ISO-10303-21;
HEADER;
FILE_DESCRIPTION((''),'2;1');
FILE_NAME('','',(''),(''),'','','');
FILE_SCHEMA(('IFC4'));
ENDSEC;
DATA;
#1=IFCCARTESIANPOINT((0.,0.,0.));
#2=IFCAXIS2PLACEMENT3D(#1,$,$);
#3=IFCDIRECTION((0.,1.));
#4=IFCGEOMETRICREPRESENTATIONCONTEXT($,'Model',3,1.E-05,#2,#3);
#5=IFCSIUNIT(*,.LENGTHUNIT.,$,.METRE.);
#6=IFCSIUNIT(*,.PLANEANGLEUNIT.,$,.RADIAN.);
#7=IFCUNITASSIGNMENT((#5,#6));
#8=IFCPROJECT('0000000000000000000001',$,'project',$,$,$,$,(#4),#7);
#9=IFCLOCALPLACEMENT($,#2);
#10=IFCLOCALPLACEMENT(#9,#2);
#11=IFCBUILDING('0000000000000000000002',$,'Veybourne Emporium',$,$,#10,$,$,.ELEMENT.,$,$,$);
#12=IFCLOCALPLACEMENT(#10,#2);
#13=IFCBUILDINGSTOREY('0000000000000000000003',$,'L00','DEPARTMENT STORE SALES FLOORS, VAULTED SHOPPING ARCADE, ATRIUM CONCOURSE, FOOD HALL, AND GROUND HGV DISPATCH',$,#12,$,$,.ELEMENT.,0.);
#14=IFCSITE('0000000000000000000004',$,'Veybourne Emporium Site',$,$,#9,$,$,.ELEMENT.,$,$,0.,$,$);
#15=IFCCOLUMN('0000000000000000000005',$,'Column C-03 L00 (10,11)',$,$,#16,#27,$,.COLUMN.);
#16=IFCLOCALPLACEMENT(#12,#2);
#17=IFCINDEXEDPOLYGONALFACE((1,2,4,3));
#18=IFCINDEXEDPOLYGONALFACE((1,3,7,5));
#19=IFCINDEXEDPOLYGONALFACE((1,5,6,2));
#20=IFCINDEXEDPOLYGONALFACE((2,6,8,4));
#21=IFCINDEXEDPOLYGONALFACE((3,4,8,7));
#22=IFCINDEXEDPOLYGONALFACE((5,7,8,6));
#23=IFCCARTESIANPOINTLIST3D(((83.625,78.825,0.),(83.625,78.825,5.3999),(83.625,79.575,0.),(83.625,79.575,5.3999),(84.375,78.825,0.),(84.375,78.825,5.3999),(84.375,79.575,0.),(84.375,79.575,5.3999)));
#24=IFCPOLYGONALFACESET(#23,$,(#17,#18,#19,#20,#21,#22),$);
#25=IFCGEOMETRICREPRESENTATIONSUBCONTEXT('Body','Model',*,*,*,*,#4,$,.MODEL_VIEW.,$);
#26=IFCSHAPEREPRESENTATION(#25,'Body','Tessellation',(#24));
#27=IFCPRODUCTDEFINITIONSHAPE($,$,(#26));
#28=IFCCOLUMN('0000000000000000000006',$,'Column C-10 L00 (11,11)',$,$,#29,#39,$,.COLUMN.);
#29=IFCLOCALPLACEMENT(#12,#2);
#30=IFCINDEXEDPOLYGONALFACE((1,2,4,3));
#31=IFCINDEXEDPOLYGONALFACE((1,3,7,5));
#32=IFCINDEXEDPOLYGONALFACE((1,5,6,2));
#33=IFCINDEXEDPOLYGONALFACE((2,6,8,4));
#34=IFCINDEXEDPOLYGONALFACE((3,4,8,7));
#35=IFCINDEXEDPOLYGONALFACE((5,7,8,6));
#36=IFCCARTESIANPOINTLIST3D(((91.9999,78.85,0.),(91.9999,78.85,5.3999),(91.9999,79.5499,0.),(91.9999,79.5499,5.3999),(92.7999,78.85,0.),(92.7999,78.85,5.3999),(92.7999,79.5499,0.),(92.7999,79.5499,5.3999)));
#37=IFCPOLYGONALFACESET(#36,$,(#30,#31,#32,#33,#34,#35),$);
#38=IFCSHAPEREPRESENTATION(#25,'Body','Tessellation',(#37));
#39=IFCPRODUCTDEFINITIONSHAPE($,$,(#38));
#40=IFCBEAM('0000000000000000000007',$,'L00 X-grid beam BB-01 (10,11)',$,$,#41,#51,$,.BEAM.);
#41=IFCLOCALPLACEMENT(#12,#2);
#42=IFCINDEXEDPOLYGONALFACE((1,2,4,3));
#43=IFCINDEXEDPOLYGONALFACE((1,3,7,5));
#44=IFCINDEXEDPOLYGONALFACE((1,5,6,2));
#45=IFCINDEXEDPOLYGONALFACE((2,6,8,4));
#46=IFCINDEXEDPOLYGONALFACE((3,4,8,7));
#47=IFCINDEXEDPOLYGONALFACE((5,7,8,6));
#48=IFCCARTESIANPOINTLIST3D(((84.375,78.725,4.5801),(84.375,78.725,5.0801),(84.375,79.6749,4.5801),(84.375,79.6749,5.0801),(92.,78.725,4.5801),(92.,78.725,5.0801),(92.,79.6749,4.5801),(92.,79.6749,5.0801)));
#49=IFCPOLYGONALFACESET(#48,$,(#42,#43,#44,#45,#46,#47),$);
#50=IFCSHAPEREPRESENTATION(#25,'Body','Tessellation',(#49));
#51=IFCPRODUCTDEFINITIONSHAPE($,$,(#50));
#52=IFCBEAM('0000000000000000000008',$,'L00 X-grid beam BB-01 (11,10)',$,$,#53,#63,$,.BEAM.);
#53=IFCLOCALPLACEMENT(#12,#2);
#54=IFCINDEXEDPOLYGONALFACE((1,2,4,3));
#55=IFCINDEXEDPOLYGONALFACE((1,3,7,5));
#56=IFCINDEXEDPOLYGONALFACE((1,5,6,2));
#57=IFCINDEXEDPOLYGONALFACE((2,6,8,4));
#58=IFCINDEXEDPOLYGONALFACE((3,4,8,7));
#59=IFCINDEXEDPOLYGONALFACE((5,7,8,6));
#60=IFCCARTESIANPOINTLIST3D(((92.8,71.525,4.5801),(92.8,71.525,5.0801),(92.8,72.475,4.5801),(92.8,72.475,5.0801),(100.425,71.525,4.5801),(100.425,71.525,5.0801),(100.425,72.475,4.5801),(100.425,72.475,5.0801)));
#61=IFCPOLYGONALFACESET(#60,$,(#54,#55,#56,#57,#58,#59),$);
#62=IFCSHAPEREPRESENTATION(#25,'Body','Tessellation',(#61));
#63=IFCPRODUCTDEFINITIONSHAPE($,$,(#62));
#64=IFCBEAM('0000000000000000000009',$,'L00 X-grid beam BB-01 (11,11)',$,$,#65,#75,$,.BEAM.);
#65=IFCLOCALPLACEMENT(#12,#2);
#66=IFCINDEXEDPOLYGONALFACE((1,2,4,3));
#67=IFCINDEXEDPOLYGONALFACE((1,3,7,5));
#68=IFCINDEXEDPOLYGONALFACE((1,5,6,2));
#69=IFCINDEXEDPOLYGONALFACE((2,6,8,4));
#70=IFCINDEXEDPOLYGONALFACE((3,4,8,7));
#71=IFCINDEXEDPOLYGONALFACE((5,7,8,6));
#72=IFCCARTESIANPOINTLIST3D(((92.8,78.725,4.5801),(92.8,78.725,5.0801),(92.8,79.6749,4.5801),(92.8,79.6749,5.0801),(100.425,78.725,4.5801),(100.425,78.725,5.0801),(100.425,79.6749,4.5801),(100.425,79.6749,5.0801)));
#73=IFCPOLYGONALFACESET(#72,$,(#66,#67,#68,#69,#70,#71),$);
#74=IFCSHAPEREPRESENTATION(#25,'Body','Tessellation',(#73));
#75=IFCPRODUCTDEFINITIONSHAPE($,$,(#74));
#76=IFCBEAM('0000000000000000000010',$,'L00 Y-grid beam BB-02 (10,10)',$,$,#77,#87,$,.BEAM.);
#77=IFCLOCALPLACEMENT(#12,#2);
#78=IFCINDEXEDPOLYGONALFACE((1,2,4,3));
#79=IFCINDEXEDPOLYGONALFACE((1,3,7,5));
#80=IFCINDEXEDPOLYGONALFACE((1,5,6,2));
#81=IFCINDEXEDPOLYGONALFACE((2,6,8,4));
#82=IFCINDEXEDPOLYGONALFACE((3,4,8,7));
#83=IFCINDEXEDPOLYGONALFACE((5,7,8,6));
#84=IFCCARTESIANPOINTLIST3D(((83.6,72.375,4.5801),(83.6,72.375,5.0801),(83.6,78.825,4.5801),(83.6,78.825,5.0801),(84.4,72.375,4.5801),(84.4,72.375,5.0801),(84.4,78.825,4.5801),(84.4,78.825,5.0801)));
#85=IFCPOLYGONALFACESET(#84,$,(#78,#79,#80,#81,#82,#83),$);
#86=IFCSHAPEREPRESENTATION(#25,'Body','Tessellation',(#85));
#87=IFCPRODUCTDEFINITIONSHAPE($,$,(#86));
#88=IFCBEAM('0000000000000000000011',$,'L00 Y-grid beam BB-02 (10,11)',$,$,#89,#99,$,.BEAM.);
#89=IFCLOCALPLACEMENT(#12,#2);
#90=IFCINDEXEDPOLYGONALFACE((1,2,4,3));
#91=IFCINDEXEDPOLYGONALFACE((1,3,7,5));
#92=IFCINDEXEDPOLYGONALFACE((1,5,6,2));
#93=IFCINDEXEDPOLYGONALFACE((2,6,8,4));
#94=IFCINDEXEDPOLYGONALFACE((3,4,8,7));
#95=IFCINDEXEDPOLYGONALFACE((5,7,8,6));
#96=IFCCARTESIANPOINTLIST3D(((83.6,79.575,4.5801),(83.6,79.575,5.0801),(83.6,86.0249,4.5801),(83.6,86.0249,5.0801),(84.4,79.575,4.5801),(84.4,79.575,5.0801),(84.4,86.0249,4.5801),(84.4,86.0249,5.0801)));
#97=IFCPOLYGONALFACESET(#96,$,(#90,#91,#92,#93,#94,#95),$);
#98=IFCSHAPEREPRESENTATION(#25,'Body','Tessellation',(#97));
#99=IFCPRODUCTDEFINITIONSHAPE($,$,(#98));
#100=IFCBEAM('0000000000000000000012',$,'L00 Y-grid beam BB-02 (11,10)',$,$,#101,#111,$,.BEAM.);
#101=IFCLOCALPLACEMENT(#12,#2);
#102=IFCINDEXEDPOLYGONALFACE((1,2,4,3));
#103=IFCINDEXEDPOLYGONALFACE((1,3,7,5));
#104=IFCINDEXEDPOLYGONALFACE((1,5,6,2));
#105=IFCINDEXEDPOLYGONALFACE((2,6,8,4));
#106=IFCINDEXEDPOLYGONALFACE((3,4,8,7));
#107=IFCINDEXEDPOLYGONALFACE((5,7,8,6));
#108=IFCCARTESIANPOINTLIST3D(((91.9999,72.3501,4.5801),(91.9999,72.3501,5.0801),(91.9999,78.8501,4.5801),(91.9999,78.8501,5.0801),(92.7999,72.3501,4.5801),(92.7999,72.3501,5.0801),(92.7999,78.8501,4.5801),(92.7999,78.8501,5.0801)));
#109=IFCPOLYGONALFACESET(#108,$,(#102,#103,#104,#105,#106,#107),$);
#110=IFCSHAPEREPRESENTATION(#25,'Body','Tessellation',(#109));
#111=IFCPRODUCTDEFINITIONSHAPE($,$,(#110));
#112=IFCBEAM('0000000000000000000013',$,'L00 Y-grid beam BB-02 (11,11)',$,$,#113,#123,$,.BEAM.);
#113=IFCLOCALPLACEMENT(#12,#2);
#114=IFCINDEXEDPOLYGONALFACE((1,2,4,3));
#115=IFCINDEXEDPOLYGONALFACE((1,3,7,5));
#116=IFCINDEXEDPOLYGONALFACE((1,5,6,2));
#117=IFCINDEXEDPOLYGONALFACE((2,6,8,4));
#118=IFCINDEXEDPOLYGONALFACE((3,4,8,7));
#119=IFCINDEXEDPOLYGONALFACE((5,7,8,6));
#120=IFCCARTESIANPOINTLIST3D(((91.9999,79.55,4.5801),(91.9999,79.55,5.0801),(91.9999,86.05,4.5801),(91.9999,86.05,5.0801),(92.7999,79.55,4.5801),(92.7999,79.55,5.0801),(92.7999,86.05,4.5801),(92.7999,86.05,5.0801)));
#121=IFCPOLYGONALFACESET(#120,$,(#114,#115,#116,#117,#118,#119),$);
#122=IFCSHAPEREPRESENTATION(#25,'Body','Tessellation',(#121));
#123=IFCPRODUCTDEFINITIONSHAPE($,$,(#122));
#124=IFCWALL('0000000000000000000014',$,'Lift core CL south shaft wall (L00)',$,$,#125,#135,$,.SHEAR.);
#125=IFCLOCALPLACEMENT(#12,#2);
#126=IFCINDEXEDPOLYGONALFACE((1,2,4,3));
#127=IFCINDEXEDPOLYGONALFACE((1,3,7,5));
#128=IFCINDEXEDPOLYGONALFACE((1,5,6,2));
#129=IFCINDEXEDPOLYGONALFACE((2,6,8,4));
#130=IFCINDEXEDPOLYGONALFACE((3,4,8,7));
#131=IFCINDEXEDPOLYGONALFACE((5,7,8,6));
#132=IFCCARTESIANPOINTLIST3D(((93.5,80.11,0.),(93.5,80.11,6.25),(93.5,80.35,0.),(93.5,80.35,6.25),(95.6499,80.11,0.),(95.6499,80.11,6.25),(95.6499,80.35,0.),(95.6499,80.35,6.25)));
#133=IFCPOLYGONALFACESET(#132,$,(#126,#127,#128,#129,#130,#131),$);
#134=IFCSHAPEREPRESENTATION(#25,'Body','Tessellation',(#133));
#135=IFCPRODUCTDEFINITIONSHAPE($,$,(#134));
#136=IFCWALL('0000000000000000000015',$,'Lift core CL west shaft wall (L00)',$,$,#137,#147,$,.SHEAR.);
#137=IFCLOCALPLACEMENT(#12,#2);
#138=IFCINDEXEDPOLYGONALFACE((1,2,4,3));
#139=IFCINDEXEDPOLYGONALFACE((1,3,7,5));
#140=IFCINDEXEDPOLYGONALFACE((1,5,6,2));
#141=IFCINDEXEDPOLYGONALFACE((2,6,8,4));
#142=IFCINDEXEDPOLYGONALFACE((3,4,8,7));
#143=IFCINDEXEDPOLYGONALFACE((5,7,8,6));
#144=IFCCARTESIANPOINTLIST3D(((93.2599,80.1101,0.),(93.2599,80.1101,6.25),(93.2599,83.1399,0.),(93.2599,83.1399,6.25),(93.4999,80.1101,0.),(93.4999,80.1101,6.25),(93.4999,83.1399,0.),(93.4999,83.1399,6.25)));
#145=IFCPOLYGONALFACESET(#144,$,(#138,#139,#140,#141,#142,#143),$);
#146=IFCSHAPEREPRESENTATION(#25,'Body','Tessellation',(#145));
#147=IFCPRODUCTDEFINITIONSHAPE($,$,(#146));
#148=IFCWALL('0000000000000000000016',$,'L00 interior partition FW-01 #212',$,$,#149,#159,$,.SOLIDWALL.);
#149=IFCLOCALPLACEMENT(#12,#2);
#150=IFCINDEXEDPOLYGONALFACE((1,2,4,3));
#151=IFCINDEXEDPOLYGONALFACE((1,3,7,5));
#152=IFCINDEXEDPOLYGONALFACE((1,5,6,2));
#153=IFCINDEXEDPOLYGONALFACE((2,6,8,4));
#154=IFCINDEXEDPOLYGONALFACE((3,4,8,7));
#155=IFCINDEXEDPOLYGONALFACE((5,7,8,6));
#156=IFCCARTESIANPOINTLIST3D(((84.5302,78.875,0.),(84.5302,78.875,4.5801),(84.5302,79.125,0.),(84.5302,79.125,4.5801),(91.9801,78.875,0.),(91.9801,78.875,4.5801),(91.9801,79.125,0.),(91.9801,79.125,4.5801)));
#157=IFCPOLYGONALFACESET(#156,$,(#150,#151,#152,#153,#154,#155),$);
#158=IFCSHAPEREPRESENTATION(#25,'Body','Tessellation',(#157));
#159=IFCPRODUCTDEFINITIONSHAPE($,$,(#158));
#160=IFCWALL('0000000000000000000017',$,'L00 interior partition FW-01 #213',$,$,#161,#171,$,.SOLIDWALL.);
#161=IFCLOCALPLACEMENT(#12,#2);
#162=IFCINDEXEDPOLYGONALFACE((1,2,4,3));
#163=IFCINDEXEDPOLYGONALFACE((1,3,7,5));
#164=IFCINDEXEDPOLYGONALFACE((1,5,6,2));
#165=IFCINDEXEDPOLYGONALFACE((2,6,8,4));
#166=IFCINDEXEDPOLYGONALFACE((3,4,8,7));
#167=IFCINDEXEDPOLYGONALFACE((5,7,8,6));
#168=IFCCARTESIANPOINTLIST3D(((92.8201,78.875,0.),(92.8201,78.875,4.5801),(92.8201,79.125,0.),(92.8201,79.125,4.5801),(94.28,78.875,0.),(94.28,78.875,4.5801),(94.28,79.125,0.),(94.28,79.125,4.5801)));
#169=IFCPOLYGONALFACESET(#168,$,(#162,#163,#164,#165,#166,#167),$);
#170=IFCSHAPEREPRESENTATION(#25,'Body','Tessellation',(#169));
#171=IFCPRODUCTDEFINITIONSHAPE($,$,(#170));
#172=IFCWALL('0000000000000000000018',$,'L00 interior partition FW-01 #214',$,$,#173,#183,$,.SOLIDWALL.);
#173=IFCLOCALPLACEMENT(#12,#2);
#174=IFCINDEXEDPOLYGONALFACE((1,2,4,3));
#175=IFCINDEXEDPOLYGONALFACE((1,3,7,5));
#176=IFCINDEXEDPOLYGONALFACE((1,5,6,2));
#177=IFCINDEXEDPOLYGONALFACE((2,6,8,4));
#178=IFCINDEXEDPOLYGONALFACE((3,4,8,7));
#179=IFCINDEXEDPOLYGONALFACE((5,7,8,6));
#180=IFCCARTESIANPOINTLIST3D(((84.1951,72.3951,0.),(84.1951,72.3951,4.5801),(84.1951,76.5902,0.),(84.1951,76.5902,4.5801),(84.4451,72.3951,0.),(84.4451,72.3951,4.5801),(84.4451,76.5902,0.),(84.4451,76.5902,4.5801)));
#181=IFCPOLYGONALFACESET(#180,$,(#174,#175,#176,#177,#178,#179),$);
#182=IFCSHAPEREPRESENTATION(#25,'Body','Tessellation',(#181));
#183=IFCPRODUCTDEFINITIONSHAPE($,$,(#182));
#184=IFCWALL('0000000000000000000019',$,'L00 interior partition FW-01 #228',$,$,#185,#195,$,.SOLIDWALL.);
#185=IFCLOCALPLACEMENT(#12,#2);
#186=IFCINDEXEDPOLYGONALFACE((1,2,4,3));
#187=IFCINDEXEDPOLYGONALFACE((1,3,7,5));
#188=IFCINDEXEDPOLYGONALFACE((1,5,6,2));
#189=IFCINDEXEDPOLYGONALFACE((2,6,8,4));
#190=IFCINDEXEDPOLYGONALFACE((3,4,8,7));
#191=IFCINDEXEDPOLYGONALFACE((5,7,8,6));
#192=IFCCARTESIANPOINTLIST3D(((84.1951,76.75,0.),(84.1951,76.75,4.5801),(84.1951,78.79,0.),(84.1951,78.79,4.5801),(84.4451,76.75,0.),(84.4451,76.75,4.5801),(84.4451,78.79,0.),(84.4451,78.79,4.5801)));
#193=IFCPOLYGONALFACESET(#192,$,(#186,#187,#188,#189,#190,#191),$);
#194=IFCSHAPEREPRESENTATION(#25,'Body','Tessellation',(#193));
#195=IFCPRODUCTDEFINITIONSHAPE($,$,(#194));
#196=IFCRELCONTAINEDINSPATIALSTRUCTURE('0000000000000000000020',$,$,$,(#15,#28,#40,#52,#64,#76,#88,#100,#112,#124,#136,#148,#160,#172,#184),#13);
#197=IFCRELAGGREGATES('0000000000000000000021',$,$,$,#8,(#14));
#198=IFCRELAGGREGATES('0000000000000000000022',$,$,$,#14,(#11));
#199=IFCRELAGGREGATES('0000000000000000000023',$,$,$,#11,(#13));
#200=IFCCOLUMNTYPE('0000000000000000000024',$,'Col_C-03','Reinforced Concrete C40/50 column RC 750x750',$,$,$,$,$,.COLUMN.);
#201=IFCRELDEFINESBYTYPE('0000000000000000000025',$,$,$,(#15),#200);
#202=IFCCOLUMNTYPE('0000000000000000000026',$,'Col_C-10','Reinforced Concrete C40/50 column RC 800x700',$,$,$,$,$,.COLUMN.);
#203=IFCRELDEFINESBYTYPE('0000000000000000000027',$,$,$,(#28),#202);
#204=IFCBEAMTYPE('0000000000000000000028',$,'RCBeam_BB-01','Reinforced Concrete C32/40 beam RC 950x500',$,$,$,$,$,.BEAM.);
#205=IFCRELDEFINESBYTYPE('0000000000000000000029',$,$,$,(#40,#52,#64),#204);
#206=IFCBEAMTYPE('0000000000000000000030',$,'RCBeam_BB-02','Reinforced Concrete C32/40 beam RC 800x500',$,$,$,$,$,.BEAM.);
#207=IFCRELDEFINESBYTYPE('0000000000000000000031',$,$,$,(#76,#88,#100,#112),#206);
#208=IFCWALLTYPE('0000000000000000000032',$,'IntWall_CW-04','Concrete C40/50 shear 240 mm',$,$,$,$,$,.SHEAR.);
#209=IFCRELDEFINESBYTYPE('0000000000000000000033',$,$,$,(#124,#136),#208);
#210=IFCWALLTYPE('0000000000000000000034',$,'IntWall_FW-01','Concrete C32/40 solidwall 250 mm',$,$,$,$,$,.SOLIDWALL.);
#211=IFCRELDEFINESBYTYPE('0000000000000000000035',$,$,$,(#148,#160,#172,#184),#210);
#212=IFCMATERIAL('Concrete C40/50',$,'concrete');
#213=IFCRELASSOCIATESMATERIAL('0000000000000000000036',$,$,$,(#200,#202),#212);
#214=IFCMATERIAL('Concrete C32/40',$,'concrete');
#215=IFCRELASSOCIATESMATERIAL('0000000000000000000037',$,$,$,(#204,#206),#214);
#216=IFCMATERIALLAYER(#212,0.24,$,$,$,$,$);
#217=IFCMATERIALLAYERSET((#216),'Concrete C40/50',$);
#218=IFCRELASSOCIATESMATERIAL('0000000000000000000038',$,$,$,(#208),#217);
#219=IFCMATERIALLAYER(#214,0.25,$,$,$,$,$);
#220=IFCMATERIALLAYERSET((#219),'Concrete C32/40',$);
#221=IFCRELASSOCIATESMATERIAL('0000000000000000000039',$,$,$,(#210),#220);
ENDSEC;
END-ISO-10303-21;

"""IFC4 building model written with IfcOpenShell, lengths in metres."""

from ifc_helpers import new_model, si_unit, direction, frame, frame_2d, origin, origin_2d, place, context, subcontext, project, spatial, rectangle, extrude, material, layer, layer_set, material_profile, profile_set, type_object, element, save


model = new_model("IFC4")

# Units and contexts
model_context = context("Model", 3, precision=1e-05, world=origin(), true_north=direction((0.0, 1.0)))
body_context = subcontext(model_context, "Body", "Model", "MODEL_VIEW")
ifc_project = project(units=[si_unit("LENGTHUNIT", "METRE"), si_unit("PLANEANGLEUNIT", "RADIAN")], contexts=[model_context])

# Site, building, storey
site_placement = place(None, origin())
site = spatial("IfcSite", under=ifc_project, at=site_placement, Name="Veybourne Emporium Site", CompositionType="ELEMENT", RefElevation=0.0)
building_placement = place(site_placement, origin())
building = spatial("IfcBuilding", under=site, at=building_placement, Name="Veybourne Emporium", CompositionType="ELEMENT")
storey_placement = place(building_placement, origin())
storey = spatial("IfcBuildingStorey", under=building, at=storey_placement, Name="L00", Description="DEPARTMENT STORE SALES FLOORS, VAULTED SHOPPING ARCADE, ATRIUM CONCOURSE, FOOD HALL, AND GROUND HGV DISPATCH", CompositionType="ELEMENT", Elevation=0.0)

# Columns
ifc_material_1 = material(Name="Concrete C40/50", Category="concrete")
ifc_material_profile_1 = material_profile(ifc_material_1, rectangle(XDim=0.75, YDim=0.75, at=origin_2d()), Name="RC 750x750")
ifc_profile_set_1 = profile_set([ifc_material_profile_1], Name="Concrete C40/50")
column_type_1 = type_object("IfcColumnType", Name="Col_C-03", Description="Reinforced Concrete C40/50 column RC 750x750", PredefinedType="COLUMN", material=ifc_profile_set_1)
column_1_placement = place(storey_placement, frame((84.0, 79.2, 0.0), z_axis=(0.0, 0.0, 1.0), x_axis=(1.0, 0.0, 0.0)))
element("IfcColumn", 1, at=column_1_placement, inside=storey, type_object=column_type_1, Name="Column C-03 L00 (10,11)", PredefinedType="COLUMN", context=body_context, shape_type="SweptSolid", body=[
    extrude(rectangle(XDim=0.75, YDim=0.75, at=origin_2d()), origin(), (0.0, 0.0, 1.0), 5.3999),
])
ifc_material_profile_2 = material_profile(ifc_material_1, rectangle(XDim=0.8, YDim=0.7, at=origin_2d()), Name="RC 800x700")
ifc_profile_set_2 = profile_set([ifc_material_profile_2], Name="Concrete C40/50")
column_type_2 = type_object("IfcColumnType", Name="Col_C-10", Description="Reinforced Concrete C40/50 column RC 800x700", PredefinedType="COLUMN", material=ifc_profile_set_2)
column_2_placement = place(storey_placement, frame((92.3999, 79.2, 0.0), z_axis=(0.0, 0.0, 1.0), x_axis=(1.0, 0.0, 0.0)))
element("IfcColumn", 2, at=column_2_placement, inside=storey, type_object=column_type_2, Name="Column C-10 L00 (11,11)", PredefinedType="COLUMN", context=body_context, shape_type="SweptSolid", body=[
    extrude(rectangle(XDim=0.8, YDim=0.7, at=origin_2d()), origin(), (0.0, 0.0, 1.0), 5.3999),
])

# Beams
ifc_material_2 = material(Name="Concrete C32/40", Category="concrete")
ifc_material_profile_3 = material_profile(ifc_material_2, rectangle(XDim=0.95, YDim=0.5, at=origin_2d()), Name="RC 950x500")
ifc_profile_set_3 = profile_set([ifc_material_profile_3], Name="Concrete C32/40")
beam_type_1 = type_object("IfcBeamType", Name="RCBeam_BB-01", Description="Reinforced Concrete C32/40 beam RC 950x500", PredefinedType="BEAM", material=ifc_profile_set_3)
for number, where, z_axis, x_axis, name in (
    (3, (84.375, 79.2, 4.8301), (1.0, 0.0, 0.0), (0.0, 1.0, 0.0), "L00 X-grid beam BB-01 (10,11)"),
    (4, (92.8, 72.0, 4.8301), (1.0, 0.0, 0.0), (0.0, 1.0, 0.0), "L00 X-grid beam BB-01 (11,10)"),
    (5, (92.8, 79.2, 4.8301), (1.0, 0.0, 0.0), (0.0, 1.0, 0.0), "L00 X-grid beam BB-01 (11,11)"),
):
    element("IfcBeam", number, at=place(storey_placement, frame(where, z_axis=z_axis, x_axis=x_axis)), inside=storey, type_object=beam_type_1, Name=name, PredefinedType="BEAM", context=body_context, shape_type="SweptSolid", body=[
        extrude(rectangle(XDim=0.95, YDim=0.5, at=origin_2d()), origin(), (0.0, 0.0, 1.0), 7.625),
    ])
ifc_material_profile_4 = material_profile(ifc_material_2, rectangle(XDim=0.8, YDim=0.5, at=origin_2d()), Name="RC 800x500")
ifc_profile_set_4 = profile_set([ifc_material_profile_4], Name="Concrete C32/40")
beam_type_2 = type_object("IfcBeamType", Name="RCBeam_BB-02", Description="Reinforced Concrete C32/40 beam RC 800x500", PredefinedType="BEAM", material=ifc_profile_set_4)
for number, where, z_axis, x_axis, name in (
    (6, (84.0, 72.375, 4.8301), (0.0, 1.0, 0.0), (-1.0, 0.0, 0.0), "L00 Y-grid beam BB-02 (10,10)"),
    (7, (84.0, 79.575, 4.8301), (0.0, 1.0, 0.0), (-1.0, 0.0, 0.0), "L00 Y-grid beam BB-02 (10,11)"),
):
    element("IfcBeam", number, at=place(storey_placement, frame(where, z_axis=z_axis, x_axis=x_axis)), inside=storey, type_object=beam_type_2, Name=name, PredefinedType="BEAM", context=body_context, shape_type="SweptSolid", body=[
        extrude(rectangle(XDim=0.8, YDim=0.5, at=origin_2d()), origin(), (0.0, 0.0, 1.0), 6.45),
    ])
for number, where, z_axis, x_axis, name in (
    (8, (92.3999, 72.3501, 4.8301), (0.0, 1.0, 0.0), (-1.0, 0.0, 0.0), "L00 Y-grid beam BB-02 (11,10)"),
    (9, (92.3999, 79.55, 4.8301), (0.0, 1.0, 0.0), (-1.0, 0.0, 0.0), "L00 Y-grid beam BB-02 (11,11)"),
):
    element("IfcBeam", number, at=place(storey_placement, frame(where, z_axis=z_axis, x_axis=x_axis)), inside=storey, type_object=beam_type_2, Name=name, PredefinedType="BEAM", context=body_context, shape_type="SweptSolid", body=[
        extrude(rectangle(XDim=0.8, YDim=0.5, at=origin_2d()), origin(), (0.0, 0.0, 1.0), 6.5),
    ])

# Walls
ifc_layer_1 = layer(ifc_material_1, 0.24)
ifc_layer_set_1 = layer_set([ifc_layer_1], Name="Concrete C40/50")
wall_type_1 = type_object("IfcWallType", Name="IntWall_CW-04", Description="Concrete C40/50 shear 240 mm", PredefinedType="SHEAR", material=ifc_layer_set_1)
wall_1_placement = place(storey_placement, frame((93.5, 80.23, 0.0), z_axis=(0.0, 0.0, 1.0), x_axis=(1.0, 0.0, 0.0)))
element("IfcWall", 10, at=wall_1_placement, inside=storey, type_object=wall_type_1, Name="Lift core CL south shaft wall (L00)", PredefinedType="SHEAR", context=body_context, shape_type="SweptSolid", body=[
    extrude(rectangle(XDim=2.1499, YDim=0.24, at=frame_2d((1.075, 0.0))), origin(), (0.0, 0.0, 1.0), 6.25),
])
wall_2_placement = place(storey_placement, frame((93.3799, 83.1399, 0.0), z_axis=(0.0, 0.0, 1.0), x_axis=(0.0, -1.0, 0.0)))
element("IfcWall", 11, at=wall_2_placement, inside=storey, type_object=wall_type_1, Name="Lift core CL west shaft wall (L00)", PredefinedType="SHEAR", context=body_context, shape_type="SweptSolid", body=[
    extrude(rectangle(XDim=3.0298, YDim=0.24, at=frame_2d((1.5149, 0.0))), origin(), (0.0, 0.0, 1.0), 6.25),
])
ifc_layer_2 = layer(ifc_material_2, 0.25)
ifc_layer_set_2 = layer_set([ifc_layer_2], Name="Concrete C32/40")
wall_type_2 = type_object("IfcWallType", Name="IntWall_FW-01", Description="Concrete C32/40 solidwall 250 mm", PredefinedType="SOLIDWALL", material=ifc_layer_set_2)
wall_3_placement = place(storey_placement, frame((84.53, 79.0, 0.0), z_axis=(0.0, 0.0, 1.0), x_axis=(1.0, 0.0, 0.0)))
element("IfcWall", 12, at=wall_3_placement, inside=storey, type_object=wall_type_2, Name="L00 interior partition FW-01 #212", PredefinedType="SOLIDWALL", context=body_context, shape_type="SweptSolid", body=[
    extrude(rectangle(XDim=7.45, YDim=0.25, at=frame_2d((3.7251, 0.0))), origin(), (0.0, 0.0, 1.0), 4.5801),
])
wall_4_placement = place(storey_placement, frame((92.8201, 79.0, 0.0), z_axis=(0.0, 0.0, 1.0), x_axis=(1.0, 0.0, 0.0)))
element("IfcWall", 13, at=wall_4_placement, inside=storey, type_object=wall_type_2, Name="L00 interior partition FW-01 #213", PredefinedType="SOLIDWALL", context=body_context, shape_type="SweptSolid", body=[
    extrude(rectangle(XDim=1.46, YDim=0.25, at=frame_2d((0.73, 0.0))), origin(), (0.0, 0.0, 1.0), 4.5801),
])
wall_5_placement = place(storey_placement, frame((84.3201, 72.395, 0.0), z_axis=(0.0, 0.0, 1.0), x_axis=(0.0, 1.0, 0.0)))
element("IfcWall", 14, at=wall_5_placement, inside=storey, type_object=wall_type_2, Name="L00 interior partition FW-01 #214", PredefinedType="SOLIDWALL", context=body_context, shape_type="SweptSolid", body=[
    extrude(rectangle(XDim=4.1951, YDim=0.25, at=frame_2d((2.0977, 0.0))), origin(), (0.0, 0.0, 1.0), 4.5801),
])
wall_6_placement = place(storey_placement, frame((84.3201, 76.75, 0.0), z_axis=(0.0, 0.0, 1.0), x_axis=(0.0, 1.0, 0.0)))
element("IfcWall", 15, at=wall_6_placement, inside=storey, type_object=wall_type_2, Name="L00 interior partition FW-01 #228", PredefinedType="SOLIDWALL", context=body_context, shape_type="SweptSolid", body=[
    extrude(rectangle(XDim=2.04, YDim=0.25, at=frame_2d((1.02, 0.0))), origin(), (0.0, 0.0, 1.0), 4.5801),
])

save(model, "model.ifc")
